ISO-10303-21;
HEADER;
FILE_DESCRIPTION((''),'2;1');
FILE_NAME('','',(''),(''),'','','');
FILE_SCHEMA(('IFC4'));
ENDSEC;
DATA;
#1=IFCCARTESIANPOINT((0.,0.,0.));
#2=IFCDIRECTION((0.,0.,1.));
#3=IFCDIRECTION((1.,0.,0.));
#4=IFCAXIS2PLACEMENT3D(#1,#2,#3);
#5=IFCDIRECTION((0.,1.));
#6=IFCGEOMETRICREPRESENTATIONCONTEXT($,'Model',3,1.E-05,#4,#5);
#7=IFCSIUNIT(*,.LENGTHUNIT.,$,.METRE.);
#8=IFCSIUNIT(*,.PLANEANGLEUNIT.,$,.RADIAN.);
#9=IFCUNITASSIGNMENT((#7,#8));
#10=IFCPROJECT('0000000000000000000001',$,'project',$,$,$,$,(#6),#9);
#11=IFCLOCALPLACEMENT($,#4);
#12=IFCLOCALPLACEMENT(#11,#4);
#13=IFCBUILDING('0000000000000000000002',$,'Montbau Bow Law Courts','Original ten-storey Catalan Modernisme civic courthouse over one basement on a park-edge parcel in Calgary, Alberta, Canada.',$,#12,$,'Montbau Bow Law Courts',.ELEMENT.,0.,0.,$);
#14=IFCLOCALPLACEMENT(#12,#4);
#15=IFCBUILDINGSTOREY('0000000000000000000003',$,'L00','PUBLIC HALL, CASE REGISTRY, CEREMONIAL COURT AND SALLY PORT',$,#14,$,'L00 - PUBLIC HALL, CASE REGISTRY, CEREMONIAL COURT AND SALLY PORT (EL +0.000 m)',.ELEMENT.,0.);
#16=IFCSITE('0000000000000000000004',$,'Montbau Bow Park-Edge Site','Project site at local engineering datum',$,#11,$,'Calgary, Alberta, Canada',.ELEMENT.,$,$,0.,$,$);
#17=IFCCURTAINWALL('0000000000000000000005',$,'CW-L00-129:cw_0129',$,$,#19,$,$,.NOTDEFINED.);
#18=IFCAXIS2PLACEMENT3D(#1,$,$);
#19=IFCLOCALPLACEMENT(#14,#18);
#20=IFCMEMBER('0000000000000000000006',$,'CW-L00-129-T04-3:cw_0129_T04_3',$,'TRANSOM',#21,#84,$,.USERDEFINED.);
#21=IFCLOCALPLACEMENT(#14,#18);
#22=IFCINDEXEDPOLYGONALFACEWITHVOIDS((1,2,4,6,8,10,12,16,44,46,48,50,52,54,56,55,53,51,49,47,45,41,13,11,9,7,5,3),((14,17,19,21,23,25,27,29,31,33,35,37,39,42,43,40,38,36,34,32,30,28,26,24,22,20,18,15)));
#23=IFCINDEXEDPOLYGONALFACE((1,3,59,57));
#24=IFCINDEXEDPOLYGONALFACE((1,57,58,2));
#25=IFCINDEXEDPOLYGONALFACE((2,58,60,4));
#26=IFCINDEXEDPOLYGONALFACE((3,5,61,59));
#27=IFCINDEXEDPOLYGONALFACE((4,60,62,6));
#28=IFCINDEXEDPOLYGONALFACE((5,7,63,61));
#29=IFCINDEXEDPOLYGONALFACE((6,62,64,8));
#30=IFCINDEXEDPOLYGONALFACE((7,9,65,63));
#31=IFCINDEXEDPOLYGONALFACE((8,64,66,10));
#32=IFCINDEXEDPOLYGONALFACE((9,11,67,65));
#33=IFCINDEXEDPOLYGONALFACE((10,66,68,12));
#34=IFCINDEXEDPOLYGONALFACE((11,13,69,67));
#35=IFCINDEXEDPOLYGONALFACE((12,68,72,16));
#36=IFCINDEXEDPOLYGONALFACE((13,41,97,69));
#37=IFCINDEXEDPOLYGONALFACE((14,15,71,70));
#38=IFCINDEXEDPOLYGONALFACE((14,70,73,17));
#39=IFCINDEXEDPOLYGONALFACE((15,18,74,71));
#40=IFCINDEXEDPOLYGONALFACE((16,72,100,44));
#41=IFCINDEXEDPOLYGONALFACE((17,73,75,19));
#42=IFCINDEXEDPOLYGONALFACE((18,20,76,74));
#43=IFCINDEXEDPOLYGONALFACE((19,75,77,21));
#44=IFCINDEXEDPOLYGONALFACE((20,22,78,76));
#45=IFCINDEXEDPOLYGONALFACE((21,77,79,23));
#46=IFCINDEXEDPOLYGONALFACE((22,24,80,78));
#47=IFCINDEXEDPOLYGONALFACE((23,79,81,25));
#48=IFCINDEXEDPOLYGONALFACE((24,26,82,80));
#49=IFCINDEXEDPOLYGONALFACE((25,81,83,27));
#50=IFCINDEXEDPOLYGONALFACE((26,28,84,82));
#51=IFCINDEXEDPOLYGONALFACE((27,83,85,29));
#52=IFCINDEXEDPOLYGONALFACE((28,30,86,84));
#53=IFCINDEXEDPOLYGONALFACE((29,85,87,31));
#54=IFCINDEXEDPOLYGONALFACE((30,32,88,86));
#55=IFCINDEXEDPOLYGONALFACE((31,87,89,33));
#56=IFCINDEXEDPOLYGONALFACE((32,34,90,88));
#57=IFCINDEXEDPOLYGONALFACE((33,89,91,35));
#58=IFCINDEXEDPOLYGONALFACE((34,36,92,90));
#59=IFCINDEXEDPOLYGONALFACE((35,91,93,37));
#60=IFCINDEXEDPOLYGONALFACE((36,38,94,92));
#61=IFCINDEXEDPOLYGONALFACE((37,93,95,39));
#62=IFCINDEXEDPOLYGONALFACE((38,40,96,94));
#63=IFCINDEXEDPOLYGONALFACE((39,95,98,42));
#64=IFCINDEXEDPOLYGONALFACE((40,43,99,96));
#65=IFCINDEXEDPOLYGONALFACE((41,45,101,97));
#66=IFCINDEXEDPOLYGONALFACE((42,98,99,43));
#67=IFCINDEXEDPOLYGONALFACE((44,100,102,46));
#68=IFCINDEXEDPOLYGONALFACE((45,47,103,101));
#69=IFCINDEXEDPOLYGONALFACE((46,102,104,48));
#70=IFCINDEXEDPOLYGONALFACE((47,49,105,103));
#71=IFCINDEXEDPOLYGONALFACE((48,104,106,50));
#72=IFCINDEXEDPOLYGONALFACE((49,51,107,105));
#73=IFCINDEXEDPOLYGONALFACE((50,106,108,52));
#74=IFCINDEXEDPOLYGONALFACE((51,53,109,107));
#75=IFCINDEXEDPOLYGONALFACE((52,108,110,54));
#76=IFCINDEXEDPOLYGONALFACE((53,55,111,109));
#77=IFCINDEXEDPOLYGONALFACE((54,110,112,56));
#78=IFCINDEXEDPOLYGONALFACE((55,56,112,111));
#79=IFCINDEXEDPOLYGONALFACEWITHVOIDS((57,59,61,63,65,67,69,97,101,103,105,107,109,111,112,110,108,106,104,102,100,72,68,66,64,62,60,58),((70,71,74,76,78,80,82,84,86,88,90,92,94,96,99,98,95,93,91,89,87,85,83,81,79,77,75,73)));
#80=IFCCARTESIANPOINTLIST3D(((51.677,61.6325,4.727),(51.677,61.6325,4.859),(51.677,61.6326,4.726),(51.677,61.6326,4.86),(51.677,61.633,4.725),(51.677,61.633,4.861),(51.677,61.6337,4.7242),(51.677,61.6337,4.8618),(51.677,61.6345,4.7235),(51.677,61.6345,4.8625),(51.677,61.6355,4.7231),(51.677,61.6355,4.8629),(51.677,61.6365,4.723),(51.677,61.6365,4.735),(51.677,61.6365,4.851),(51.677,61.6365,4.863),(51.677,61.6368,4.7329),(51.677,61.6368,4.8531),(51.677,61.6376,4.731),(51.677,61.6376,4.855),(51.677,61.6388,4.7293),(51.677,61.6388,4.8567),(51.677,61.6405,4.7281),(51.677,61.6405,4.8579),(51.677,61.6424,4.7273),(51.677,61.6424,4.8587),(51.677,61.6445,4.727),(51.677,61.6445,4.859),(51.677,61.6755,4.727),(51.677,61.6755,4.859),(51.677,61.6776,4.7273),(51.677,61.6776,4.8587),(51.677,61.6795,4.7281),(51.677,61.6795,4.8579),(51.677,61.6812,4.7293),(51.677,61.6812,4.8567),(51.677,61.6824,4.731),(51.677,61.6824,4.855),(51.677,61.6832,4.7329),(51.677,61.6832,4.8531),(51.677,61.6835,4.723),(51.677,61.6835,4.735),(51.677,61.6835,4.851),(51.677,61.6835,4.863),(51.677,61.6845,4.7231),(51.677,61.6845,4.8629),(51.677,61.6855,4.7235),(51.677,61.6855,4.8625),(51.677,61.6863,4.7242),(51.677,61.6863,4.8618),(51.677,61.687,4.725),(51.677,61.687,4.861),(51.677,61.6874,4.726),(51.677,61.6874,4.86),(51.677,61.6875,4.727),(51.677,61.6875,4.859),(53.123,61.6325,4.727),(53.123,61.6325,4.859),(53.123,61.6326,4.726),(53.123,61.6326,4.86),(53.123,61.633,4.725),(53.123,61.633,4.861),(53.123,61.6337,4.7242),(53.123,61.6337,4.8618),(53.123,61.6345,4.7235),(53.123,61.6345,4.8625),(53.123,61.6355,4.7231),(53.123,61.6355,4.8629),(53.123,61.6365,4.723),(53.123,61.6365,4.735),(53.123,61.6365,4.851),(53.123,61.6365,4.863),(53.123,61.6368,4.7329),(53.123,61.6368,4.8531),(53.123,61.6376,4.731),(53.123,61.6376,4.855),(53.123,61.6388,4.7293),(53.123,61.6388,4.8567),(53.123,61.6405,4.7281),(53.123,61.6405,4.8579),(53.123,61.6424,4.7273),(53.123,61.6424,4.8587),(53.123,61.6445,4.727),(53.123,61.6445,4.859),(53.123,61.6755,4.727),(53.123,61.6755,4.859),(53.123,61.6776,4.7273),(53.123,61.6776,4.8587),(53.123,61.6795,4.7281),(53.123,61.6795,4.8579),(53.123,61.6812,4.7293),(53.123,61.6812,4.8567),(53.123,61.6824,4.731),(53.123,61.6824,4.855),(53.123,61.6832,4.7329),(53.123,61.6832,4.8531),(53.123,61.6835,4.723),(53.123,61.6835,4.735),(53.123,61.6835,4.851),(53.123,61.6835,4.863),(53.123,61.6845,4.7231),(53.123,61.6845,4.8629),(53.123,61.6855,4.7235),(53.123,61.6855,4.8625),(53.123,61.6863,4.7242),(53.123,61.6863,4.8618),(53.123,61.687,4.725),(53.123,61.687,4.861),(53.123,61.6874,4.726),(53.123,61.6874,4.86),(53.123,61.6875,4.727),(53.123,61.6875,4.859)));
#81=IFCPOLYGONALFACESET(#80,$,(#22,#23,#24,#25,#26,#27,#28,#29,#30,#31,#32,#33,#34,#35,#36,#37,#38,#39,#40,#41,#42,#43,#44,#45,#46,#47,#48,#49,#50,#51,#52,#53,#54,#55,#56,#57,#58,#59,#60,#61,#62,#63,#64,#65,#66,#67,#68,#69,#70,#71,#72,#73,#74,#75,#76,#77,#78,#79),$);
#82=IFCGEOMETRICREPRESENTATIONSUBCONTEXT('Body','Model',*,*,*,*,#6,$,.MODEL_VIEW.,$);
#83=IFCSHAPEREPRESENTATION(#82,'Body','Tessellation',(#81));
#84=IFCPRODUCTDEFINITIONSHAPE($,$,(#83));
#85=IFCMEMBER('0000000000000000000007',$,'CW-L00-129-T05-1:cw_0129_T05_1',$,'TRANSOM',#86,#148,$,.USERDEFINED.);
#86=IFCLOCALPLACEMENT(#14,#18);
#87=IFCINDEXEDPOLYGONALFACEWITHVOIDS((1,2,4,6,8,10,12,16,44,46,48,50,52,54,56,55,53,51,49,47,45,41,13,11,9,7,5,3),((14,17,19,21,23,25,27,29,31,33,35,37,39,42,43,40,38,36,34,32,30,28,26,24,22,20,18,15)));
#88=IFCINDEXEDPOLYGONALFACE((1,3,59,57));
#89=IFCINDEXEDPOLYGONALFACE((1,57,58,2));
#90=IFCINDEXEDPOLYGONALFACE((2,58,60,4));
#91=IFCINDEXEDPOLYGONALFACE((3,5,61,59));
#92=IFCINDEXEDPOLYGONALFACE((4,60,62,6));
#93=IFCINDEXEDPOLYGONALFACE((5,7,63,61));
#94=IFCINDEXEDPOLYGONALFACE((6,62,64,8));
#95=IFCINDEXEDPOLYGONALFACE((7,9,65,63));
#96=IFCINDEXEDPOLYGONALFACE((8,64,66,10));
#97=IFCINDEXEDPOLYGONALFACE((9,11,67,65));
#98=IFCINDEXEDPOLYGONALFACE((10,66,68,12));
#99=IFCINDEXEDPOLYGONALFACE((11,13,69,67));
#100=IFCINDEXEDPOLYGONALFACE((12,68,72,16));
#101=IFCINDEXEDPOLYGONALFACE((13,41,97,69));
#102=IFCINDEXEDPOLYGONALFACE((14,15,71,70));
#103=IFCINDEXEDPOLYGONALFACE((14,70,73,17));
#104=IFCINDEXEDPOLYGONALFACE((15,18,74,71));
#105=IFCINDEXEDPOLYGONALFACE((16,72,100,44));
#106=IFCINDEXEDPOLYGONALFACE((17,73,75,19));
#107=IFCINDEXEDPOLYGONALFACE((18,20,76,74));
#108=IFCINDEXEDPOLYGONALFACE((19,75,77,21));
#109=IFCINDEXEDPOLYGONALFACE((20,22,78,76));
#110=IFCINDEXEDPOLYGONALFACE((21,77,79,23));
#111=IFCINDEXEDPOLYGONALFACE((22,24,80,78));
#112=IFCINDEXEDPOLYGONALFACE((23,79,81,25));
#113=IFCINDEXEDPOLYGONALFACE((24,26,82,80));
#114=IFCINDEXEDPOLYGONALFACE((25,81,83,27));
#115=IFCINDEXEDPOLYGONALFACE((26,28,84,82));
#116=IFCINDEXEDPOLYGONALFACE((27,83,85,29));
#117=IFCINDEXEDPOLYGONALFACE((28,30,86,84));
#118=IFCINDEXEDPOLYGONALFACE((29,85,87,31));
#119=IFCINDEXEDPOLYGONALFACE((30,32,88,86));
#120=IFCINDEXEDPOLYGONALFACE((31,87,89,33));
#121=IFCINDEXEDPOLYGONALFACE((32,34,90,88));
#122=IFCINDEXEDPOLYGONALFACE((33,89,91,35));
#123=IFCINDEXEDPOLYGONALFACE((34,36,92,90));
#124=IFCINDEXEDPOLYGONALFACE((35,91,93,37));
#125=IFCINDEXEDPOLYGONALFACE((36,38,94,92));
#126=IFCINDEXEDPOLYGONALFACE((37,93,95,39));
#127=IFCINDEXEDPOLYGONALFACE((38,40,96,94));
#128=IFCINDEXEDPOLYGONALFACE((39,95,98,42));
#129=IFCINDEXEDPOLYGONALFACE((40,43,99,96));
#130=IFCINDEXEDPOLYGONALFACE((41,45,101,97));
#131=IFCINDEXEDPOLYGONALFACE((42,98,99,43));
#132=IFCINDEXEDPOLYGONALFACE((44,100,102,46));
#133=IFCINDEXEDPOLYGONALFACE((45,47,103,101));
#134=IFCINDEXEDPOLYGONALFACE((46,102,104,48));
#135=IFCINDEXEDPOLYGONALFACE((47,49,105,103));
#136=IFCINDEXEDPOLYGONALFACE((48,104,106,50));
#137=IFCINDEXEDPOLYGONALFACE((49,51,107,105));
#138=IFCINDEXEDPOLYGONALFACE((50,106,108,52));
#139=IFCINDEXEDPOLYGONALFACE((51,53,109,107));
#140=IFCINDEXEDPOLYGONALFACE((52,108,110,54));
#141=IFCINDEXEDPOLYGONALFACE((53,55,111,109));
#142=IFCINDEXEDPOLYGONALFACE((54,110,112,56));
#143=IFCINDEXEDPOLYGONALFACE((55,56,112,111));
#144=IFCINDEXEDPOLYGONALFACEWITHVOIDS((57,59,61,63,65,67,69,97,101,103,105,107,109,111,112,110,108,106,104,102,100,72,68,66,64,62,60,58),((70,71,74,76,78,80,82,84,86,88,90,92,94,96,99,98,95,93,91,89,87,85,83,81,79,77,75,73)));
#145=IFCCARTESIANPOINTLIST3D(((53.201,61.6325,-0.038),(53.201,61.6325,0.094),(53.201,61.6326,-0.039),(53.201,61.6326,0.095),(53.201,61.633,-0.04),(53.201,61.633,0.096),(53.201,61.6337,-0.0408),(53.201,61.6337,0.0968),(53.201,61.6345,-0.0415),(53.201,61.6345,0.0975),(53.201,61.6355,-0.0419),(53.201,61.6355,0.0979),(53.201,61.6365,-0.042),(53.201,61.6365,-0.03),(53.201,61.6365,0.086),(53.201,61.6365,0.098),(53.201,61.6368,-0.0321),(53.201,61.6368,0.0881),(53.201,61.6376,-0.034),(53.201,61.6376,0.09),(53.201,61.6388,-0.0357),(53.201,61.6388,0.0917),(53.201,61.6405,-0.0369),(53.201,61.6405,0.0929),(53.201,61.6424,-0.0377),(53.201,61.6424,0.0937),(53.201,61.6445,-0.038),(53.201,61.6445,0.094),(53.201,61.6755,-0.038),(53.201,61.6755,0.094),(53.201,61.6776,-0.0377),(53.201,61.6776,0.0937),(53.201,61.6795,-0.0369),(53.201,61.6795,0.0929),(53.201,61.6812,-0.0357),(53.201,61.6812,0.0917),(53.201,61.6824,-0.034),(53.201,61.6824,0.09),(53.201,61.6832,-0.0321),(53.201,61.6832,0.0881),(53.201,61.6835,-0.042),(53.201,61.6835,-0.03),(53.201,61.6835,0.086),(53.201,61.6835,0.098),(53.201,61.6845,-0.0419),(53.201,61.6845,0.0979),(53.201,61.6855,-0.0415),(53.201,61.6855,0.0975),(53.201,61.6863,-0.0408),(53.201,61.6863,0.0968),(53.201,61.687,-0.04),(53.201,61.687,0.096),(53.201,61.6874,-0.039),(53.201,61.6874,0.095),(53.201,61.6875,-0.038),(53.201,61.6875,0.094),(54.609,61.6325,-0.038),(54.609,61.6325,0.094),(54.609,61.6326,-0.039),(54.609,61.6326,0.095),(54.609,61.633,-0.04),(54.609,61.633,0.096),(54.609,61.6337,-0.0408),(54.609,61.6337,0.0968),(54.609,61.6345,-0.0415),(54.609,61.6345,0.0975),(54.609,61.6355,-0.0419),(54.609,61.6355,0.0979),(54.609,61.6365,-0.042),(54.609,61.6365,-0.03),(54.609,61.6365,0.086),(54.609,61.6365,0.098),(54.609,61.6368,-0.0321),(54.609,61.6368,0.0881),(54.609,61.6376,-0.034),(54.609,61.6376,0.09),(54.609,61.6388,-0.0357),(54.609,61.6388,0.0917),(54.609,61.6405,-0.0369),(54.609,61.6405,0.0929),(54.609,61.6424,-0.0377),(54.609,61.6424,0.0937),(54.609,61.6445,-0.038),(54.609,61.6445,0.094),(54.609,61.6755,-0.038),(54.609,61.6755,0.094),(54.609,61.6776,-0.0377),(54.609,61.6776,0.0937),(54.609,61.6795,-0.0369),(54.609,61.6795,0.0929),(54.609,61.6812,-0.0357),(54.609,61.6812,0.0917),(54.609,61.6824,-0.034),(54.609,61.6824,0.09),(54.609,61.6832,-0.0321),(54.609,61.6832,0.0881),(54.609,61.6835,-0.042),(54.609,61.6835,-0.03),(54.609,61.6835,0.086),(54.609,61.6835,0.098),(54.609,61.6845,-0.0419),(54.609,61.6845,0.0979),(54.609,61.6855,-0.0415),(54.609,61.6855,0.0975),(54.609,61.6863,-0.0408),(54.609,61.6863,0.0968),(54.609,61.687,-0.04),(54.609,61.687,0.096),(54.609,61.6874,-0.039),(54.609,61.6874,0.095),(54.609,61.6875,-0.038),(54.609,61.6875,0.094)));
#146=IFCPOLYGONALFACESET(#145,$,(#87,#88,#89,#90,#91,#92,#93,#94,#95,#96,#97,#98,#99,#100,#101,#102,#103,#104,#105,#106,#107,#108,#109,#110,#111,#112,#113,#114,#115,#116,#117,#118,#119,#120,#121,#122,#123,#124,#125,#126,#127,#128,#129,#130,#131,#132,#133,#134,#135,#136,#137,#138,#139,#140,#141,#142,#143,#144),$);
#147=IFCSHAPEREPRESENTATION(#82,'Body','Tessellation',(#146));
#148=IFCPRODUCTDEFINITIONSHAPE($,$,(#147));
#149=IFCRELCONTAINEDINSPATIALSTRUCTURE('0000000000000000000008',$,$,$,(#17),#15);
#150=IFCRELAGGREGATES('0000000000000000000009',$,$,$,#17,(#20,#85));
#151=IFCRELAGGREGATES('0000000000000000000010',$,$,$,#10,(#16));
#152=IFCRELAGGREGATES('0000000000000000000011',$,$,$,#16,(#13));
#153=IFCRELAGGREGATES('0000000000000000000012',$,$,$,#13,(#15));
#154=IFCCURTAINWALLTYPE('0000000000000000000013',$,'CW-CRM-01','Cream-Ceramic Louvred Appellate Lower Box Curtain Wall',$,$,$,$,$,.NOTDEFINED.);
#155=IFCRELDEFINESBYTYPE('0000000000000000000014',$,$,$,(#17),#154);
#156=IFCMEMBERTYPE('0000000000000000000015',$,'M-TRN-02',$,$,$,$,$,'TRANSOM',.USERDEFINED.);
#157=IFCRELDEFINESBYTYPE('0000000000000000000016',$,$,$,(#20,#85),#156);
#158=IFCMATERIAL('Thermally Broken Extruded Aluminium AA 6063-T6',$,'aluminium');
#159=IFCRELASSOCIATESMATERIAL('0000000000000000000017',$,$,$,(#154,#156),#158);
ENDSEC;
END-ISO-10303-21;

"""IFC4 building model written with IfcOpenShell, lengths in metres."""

from ifc_helpers import new_model, si_unit, direction, frame, origin_with_axes, origin_2d_with_axis, place, context, subcontext, project, spatial, hollow_rectangle, extrude, material, material_profile, profile_set, type_object, element, aggregate, save


model = new_model("IFC4")

# Units and contexts
model_context = context("Model", 3, precision=1e-05, world=origin_with_axes(), true_north=direction((0.0, 1.0)))
body_context = subcontext(model_context, "Body", "Model", "MODEL_VIEW")
ifc_project = project(units=[si_unit("LENGTHUNIT", "METRE"), si_unit("PLANEANGLEUNIT", "RADIAN")], contexts=[model_context])

# Site, building, storey
site_placement = place(None, origin_with_axes())
site = spatial("IfcSite", under=ifc_project, at=site_placement, Name="Montbau Bow Park-Edge Site", Description="Project site at local engineering datum", LongName="Calgary, Alberta, Canada", CompositionType="ELEMENT", RefElevation=0.0)
building_placement = place(site_placement, origin_with_axes())
building = spatial("IfcBuilding", under=site, at=building_placement, Name="Montbau Bow Law Courts", Description="Original ten-storey Catalan Modernisme civic courthouse over one basement on a park-edge parcel in Calgary, Alberta, Canada.", LongName="Montbau Bow Law Courts", CompositionType="ELEMENT", ElevationOfRefHeight=0.0, ElevationOfTerrain=0.0)
storey_placement = place(building_placement, origin_with_axes())
storey = spatial("IfcBuildingStorey", under=building, at=storey_placement, Name="L00", Description="PUBLIC HALL, CASE REGISTRY, CEREMONIAL COURT AND SALLY PORT", LongName="L00 - PUBLIC HALL, CASE REGISTRY, CEREMONIAL COURT AND SALLY PORT (EL +0.000 m)", CompositionType="ELEMENT", Elevation=0.0)

# Curtain wall, members
ifc_material_1 = material(Name="Thermally Broken Extruded Aluminium AA 6063-T6", Category="aluminium")
curtain_wall_type = type_object("IfcCurtainWallType", Name="CW-CRM-01", Description="Cream-Ceramic Louvred Appellate Lower Box Curtain Wall", PredefinedType="NOTDEFINED", material=ifc_material_1)
curtain_wall_placement = place(None, frame((47.068, 61.66, 0.0), z_axis=(0.0, 0.0, 1.0), x_axis=(1.0, 0.0, 0.0)))
curtain_wall = element("IfcCurtainWall", 1, at=curtain_wall_placement, inside=storey, type_object=curtain_wall_type, Name="CW-L00-129:cw_0129", PredefinedType="NOTDEFINED")
ifc_material_profile_1 = material_profile(ifc_material_1, hollow_rectangle(XDim=0.055, YDim=0.14, WallThickness=0.004, InnerFilletRadius=0.008, OuterFilletRadius=0.004, at=origin_2d_with_axis()), Name="CWT-140X55", Category="Main", Priority=0)
ifc_profile_set_1 = profile_set([ifc_material_profile_1], Name="Thermally Broken Extruded Aluminium AA 6063-T6")
member_type_1 = type_object("IfcMemberType", Name="M-TRN-02", ElementType="TRANSOM", PredefinedType="USERDEFINED", material=ifc_profile_set_1)
member_1_placement = place(None, frame((51.677, 61.66, 4.793), z_axis=(1.0, 0.0, 0.0), x_axis=(0.0, 1.0, 0.0)))
member_1 = element("IfcMember", 2, at=member_1_placement, type_object=member_type_1, Name="CW-L00-129-T04-3:cw_0129_T04_3", ObjectType="TRANSOM", PredefinedType="USERDEFINED", context=body_context, shape_type="SweptSolid", body=[
    extrude(hollow_rectangle(XDim=0.055, YDim=0.14, WallThickness=0.004, InnerFilletRadius=0.008, OuterFilletRadius=0.004, at=origin_2d_with_axis()), origin_with_axes(), (0.0, 0.0, 1.0), 1.446),
])
member_2_placement = place(None, frame((53.201, 61.66, 0.028), z_axis=(1.0, 0.0, 0.0), x_axis=(0.0, 1.0, 0.0)))
member_2 = element("IfcMember", 3, at=member_2_placement, type_object=member_type_1, Name="CW-L00-129-T05-1:cw_0129_T05_1", ObjectType="TRANSOM", PredefinedType="USERDEFINED", context=body_context, shape_type="SweptSolid", body=[
    extrude(hollow_rectangle(XDim=0.055, YDim=0.14, WallThickness=0.004, InnerFilletRadius=0.008, OuterFilletRadius=0.004, at=origin_2d_with_axis()), origin_with_axes(), (0.0, 0.0, 1.0), 1.408),
])
aggregate(curtain_wall, [member_1, member_2])

save(model, "model.ifc")
